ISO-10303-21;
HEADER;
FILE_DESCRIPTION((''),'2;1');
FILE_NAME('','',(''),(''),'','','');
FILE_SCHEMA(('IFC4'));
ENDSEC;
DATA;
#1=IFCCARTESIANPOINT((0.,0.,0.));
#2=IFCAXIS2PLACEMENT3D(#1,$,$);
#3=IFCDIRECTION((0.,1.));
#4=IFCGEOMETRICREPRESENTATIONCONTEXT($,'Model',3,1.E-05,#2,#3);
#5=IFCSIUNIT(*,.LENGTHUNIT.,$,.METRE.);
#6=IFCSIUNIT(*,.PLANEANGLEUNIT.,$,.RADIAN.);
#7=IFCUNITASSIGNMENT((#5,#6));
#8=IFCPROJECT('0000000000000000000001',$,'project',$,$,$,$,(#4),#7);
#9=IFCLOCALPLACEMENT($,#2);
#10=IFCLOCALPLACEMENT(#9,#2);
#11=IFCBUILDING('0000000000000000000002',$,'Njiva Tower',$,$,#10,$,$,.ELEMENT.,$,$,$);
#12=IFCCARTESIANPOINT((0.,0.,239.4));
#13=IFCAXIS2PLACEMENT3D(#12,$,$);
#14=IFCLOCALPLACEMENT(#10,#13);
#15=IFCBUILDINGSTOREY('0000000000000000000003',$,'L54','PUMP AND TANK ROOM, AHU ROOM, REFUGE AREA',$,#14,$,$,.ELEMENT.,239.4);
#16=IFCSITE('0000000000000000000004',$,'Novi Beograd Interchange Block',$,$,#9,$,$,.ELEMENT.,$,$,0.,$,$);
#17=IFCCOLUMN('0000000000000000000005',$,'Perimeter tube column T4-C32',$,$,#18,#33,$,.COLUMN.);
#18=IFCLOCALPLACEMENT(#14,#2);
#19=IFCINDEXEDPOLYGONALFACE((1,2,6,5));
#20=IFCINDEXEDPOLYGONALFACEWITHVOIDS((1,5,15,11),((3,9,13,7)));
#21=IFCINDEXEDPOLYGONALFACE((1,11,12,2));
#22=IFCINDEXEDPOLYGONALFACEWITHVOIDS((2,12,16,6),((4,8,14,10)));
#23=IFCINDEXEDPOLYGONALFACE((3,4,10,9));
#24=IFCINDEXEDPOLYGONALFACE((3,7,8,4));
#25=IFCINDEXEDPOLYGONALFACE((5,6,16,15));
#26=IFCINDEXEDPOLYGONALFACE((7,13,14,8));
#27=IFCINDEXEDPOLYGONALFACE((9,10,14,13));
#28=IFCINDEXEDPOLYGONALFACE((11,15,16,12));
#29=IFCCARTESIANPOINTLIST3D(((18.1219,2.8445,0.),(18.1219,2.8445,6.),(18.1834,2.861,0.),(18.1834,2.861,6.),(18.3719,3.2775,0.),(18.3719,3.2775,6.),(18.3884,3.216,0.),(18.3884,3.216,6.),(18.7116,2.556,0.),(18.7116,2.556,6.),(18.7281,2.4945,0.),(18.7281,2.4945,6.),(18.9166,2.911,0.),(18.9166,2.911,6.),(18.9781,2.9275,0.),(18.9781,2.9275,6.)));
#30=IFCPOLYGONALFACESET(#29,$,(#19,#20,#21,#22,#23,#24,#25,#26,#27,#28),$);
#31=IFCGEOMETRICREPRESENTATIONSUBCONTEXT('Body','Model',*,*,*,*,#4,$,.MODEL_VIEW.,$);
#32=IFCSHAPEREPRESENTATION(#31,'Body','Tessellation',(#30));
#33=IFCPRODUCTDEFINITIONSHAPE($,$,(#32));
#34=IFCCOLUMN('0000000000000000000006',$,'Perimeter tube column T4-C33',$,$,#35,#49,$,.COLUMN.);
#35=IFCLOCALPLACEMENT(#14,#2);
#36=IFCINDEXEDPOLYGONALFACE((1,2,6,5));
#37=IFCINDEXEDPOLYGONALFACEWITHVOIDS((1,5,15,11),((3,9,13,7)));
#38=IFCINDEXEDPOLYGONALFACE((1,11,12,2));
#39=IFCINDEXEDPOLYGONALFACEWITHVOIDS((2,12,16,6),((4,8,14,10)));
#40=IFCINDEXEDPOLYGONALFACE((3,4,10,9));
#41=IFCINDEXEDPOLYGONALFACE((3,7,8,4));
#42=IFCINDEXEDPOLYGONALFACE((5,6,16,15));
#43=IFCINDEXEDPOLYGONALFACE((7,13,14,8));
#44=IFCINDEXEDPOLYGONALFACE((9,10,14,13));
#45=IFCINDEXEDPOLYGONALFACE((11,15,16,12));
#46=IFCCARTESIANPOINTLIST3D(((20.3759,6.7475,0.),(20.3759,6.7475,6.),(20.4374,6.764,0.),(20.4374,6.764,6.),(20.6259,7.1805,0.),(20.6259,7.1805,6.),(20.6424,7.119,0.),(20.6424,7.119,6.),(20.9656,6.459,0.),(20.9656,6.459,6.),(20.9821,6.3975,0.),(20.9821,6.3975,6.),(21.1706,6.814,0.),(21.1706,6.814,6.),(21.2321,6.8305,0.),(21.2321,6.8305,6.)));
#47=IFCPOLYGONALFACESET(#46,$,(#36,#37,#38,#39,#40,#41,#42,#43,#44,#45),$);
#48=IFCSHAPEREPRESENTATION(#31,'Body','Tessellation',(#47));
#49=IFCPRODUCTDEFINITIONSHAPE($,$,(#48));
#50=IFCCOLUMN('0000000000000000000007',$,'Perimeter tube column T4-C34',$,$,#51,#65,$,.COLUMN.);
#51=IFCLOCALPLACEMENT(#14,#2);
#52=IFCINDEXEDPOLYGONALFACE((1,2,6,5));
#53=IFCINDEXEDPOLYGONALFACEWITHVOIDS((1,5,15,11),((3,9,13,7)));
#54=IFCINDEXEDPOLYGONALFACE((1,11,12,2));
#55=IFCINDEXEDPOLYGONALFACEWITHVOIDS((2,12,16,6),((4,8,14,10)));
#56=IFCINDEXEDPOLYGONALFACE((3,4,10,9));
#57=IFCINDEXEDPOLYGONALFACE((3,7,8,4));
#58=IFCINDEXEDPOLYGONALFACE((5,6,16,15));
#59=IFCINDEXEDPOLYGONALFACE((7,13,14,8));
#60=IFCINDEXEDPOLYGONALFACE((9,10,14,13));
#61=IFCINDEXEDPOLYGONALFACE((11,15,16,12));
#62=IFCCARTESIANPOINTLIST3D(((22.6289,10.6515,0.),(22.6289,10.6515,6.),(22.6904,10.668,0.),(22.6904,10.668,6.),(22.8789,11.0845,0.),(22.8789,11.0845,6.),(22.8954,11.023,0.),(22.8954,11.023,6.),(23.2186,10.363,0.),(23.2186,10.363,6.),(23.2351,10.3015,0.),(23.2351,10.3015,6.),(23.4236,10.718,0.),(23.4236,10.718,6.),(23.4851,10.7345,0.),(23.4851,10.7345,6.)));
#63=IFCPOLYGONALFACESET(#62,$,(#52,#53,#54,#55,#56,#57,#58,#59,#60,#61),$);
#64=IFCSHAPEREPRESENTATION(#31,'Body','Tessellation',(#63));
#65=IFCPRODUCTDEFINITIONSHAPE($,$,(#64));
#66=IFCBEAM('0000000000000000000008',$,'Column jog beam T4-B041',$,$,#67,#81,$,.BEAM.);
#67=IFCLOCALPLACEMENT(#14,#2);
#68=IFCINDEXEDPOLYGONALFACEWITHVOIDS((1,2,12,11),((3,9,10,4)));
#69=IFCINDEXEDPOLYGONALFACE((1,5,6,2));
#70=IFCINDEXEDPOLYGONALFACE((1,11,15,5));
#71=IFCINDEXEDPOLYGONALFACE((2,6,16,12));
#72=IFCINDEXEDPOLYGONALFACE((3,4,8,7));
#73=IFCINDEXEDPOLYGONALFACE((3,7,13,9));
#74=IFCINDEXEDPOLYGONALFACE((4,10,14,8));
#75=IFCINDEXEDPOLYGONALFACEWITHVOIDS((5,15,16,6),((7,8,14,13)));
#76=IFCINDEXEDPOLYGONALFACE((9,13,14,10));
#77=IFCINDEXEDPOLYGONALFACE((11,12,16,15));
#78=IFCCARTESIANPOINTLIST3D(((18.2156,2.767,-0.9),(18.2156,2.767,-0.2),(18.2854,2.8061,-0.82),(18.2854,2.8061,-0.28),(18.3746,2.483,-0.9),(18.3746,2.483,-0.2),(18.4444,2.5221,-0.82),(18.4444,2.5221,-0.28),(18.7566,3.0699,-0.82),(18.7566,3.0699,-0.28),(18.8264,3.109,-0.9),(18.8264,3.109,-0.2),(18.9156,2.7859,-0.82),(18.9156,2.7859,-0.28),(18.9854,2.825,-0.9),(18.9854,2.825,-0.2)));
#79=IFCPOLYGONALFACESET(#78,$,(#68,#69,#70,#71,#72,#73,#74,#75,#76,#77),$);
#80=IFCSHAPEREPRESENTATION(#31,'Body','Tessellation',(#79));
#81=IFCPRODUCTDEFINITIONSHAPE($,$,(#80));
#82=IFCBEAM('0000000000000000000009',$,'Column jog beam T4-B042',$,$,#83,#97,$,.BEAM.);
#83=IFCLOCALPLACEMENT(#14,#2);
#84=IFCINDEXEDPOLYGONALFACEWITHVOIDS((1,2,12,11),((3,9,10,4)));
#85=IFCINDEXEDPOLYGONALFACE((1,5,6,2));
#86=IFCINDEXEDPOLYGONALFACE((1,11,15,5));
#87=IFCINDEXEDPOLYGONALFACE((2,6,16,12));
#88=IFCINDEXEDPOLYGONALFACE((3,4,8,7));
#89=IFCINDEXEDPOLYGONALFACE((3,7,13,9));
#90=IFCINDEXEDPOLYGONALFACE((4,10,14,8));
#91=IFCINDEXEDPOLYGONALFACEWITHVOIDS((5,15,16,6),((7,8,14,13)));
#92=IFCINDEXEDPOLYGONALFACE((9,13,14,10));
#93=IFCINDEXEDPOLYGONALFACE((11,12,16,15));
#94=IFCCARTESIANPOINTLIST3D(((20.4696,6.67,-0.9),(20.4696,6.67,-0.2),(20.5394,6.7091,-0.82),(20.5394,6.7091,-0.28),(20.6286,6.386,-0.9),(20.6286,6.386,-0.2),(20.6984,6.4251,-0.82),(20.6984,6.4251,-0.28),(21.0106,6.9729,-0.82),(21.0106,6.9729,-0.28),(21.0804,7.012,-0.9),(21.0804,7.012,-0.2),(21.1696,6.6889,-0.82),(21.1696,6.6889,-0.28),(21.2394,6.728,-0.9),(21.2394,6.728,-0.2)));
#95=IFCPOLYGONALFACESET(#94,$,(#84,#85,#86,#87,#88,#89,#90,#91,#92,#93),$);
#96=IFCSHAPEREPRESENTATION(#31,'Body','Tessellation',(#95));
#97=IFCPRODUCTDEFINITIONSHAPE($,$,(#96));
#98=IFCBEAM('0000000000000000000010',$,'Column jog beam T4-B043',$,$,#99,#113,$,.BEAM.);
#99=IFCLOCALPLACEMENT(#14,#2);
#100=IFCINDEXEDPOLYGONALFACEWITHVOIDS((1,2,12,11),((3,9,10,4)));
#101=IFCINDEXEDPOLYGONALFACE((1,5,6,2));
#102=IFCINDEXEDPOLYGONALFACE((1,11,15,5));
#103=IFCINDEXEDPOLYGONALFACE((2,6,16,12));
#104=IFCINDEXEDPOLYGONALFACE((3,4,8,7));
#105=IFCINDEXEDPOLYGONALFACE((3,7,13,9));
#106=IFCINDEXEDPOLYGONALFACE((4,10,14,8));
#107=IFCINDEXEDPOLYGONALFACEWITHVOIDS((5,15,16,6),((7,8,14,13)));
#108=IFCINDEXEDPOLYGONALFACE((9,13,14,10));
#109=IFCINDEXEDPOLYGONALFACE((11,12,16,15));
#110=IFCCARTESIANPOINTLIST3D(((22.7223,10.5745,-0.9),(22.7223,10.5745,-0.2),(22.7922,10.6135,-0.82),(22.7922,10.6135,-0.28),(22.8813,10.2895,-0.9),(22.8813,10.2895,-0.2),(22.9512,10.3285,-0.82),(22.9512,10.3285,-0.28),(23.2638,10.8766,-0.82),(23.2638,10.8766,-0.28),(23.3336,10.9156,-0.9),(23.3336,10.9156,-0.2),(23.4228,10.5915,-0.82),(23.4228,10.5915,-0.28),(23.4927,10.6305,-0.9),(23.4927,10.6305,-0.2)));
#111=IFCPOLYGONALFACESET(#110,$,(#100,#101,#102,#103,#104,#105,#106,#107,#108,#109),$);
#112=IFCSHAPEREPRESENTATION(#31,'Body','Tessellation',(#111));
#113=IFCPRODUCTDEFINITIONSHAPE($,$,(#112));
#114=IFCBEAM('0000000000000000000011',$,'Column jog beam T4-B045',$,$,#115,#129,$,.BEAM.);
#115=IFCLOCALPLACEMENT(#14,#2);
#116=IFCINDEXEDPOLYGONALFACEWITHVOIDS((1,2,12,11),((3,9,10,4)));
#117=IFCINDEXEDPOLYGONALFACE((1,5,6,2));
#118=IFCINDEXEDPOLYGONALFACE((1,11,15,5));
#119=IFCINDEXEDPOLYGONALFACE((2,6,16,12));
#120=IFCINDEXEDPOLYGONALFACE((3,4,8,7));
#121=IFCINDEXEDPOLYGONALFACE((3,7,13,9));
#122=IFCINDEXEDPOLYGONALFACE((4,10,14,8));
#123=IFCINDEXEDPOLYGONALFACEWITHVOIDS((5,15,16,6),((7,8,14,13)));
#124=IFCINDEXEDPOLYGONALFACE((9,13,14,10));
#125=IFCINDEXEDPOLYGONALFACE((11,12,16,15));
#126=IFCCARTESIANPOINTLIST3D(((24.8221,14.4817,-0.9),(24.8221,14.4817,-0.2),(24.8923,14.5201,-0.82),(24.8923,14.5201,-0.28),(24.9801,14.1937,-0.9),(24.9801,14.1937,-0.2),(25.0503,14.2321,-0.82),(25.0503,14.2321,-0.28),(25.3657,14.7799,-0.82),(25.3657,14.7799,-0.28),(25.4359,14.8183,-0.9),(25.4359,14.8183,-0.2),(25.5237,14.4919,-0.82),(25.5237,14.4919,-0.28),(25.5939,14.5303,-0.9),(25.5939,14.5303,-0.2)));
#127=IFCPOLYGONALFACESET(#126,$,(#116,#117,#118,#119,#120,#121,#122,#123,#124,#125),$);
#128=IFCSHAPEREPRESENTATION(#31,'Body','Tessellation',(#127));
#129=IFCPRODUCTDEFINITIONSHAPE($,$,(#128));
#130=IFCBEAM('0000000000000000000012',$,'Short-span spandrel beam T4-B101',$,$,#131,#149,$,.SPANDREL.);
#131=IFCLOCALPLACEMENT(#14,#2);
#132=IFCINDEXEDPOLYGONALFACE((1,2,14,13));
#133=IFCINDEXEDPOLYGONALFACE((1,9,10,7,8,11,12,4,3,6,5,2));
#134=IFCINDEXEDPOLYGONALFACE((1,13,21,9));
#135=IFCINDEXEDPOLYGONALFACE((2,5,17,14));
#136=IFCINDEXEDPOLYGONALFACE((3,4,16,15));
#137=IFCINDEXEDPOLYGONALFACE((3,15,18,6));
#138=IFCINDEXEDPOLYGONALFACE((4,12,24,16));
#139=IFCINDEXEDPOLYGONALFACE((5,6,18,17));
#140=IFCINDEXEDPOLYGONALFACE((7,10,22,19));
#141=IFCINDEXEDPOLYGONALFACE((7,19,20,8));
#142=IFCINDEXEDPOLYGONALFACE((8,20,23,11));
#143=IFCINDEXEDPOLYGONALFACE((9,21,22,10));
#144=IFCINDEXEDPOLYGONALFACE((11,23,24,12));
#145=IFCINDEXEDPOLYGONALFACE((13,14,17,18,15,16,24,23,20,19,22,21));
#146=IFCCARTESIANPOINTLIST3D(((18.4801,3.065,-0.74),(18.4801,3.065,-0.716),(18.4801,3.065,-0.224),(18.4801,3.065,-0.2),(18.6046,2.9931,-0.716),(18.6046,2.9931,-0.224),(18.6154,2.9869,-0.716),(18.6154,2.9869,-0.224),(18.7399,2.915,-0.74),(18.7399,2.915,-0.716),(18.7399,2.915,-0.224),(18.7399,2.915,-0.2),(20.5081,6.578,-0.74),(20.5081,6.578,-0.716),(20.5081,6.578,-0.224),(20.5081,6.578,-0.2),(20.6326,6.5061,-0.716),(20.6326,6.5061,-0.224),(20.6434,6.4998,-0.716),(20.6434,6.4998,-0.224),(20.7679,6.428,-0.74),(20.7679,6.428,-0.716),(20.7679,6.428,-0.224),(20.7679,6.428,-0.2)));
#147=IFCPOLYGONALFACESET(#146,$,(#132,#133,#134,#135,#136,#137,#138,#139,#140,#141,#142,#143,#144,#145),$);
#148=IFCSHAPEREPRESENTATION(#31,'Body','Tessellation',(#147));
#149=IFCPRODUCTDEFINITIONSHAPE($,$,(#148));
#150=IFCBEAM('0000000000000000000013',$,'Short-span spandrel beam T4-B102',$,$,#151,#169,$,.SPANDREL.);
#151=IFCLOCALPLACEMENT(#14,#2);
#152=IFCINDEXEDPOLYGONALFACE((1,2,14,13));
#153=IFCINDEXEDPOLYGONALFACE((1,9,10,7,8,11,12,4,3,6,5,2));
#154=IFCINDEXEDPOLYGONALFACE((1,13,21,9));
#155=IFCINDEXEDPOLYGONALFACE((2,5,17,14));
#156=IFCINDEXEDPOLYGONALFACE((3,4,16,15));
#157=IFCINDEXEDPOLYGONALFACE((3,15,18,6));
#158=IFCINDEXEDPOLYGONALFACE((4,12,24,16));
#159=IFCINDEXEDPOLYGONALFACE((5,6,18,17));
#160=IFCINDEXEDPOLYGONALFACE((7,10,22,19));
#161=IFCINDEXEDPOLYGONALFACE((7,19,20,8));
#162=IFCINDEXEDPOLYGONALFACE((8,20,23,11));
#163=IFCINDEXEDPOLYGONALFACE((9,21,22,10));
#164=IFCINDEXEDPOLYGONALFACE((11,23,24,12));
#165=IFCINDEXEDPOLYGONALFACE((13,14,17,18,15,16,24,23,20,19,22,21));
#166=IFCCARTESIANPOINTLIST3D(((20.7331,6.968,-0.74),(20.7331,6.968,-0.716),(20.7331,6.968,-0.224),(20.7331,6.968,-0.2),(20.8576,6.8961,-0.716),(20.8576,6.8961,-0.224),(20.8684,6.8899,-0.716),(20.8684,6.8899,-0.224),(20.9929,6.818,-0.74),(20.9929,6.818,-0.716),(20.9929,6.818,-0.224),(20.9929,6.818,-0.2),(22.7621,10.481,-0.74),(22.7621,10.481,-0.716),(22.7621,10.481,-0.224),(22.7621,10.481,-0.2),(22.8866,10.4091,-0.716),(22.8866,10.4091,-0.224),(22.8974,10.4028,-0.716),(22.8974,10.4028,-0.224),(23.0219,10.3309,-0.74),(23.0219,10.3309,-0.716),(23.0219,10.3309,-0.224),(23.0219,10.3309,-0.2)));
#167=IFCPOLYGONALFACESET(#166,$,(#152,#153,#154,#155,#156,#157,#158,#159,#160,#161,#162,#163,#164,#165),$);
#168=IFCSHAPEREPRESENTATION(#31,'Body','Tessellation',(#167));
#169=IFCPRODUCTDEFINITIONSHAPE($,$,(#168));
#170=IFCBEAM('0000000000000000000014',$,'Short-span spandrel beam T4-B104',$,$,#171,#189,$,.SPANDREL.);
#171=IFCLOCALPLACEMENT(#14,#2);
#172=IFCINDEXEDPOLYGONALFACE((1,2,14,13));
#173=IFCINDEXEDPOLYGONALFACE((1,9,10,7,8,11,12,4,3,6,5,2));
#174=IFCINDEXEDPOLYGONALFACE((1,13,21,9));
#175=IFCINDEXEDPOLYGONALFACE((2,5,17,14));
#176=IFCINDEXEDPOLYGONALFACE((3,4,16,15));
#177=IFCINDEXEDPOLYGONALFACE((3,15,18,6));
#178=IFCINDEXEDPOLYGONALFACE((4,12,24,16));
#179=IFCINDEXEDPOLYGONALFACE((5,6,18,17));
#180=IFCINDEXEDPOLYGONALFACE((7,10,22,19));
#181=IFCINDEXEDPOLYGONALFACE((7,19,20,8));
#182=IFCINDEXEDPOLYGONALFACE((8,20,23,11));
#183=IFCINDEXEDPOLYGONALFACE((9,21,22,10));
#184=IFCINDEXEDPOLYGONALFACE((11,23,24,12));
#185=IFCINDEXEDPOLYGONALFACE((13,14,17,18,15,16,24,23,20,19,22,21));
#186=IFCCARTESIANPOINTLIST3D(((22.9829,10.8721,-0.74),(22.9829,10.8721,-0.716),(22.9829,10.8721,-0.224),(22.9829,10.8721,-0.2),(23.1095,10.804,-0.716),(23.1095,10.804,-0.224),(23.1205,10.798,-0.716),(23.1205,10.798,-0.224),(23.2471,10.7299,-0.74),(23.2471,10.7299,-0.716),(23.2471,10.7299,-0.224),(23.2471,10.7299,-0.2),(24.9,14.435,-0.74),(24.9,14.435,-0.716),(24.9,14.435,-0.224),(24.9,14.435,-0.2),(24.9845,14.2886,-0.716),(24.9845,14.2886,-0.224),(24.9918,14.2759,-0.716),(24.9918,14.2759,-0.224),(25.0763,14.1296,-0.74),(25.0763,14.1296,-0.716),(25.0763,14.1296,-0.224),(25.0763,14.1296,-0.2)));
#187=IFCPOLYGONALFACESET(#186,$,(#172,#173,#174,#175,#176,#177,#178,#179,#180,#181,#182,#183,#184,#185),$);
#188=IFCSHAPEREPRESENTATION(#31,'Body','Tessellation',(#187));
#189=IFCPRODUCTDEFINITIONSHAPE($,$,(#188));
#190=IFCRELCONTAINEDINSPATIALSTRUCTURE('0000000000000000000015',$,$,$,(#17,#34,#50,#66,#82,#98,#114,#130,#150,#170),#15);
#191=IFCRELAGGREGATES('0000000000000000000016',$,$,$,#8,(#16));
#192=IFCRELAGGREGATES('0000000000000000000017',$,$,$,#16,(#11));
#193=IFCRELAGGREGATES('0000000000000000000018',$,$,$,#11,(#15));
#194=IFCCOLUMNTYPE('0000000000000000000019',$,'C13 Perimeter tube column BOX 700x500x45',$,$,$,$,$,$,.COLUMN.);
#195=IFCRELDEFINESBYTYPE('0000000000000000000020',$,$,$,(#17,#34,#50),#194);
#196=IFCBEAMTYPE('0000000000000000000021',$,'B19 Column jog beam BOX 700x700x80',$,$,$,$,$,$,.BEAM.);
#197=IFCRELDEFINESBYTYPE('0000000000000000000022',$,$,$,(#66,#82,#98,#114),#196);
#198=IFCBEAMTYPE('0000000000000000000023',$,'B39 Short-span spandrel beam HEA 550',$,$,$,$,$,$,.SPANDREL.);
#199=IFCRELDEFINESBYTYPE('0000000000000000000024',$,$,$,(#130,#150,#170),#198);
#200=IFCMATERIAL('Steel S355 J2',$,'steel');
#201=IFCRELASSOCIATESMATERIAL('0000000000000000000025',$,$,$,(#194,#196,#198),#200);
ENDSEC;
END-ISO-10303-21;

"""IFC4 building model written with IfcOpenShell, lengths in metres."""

from ifc_helpers import new_model, si_unit, direction, frame, origin, origin_2d, place, context, subcontext, project, spatial, hollow_rectangle, i_section, extrude, clip, halfspace, material, material_profile, profile_set, type_object, element, save


model = new_model("IFC4")

# Units and contexts
model_context = context("Model", 3, precision=1e-05, world=origin(), true_north=direction((0.0, 1.0)))
body_context = subcontext(model_context, "Body", "Model", "MODEL_VIEW")
ifc_project = project(units=[si_unit("LENGTHUNIT", "METRE"), si_unit("PLANEANGLEUNIT", "RADIAN")], contexts=[model_context])

# Site, building, storey
site_placement = place(None, origin())
site = spatial("IfcSite", under=ifc_project, at=site_placement, Name="Novi Beograd Interchange Block", CompositionType="ELEMENT", RefElevation=0.0)
building_placement = place(site_placement, origin())
building = spatial("IfcBuilding", under=site, at=building_placement, Name="Njiva Tower", CompositionType="ELEMENT")
storey_placement = place(building_placement, frame((0.0, 0.0, 239.4)))
storey = spatial("IfcBuildingStorey", under=building, at=storey_placement, Name="L54", Description="PUMP AND TANK ROOM, AHU ROOM, REFUGE AREA", CompositionType="ELEMENT", Elevation=239.4)

# Columns
ifc_material_1 = material(Name="Steel S355 J2", Category="steel")
ifc_material_profile_1 = material_profile(ifc_material_1, hollow_rectangle(XDim=0.5, YDim=0.7, WallThickness=0.045, at=origin_2d()), Name="BOX 700x500x45")
ifc_profile_set_1 = profile_set([ifc_material_profile_1], Name="Steel S355 J2")
column_type = type_object("IfcColumnType", Name="C13 Perimeter tube column BOX 700x500x45", PredefinedType="COLUMN", material=ifc_profile_set_1)
for number, where, z_axis, x_axis, name in (
    (1, (18.55, 2.886, 0.0), (0.0, 0.0, 1.0), (0.5, 0.866025, 0.0), "Perimeter tube column T4-C32"),
    (2, (20.804, 6.789, 0.0), (0.0, 0.0, 1.0), (0.5, 0.866025, 0.0), "Perimeter tube column T4-C33"),
    (3, (23.057, 10.693, 0.0), (0.0, 0.0, 1.0), (0.5, 0.866025, 0.0), "Perimeter tube column T4-C34"),
):
    element("IfcColumn", number, at=place(storey_placement, frame(where, z_axis=z_axis, x_axis=x_axis)), inside=storey, type_object=column_type, Name=name, PredefinedType="COLUMN", context=body_context, shape_type="SweptSolid", body=[
        extrude(hollow_rectangle(XDim=0.5, YDim=0.7, WallThickness=0.045, at=origin_2d()), origin(), (0.0, 0.0, 1.0), 6.0),
    ])

# Beams
ifc_material_profile_2 = material_profile(ifc_material_1, hollow_rectangle(XDim=0.7, YDim=0.7, WallThickness=0.08, at=origin_2d()), Name="BOX 700x700x80")
ifc_profile_set_2 = profile_set([ifc_material_profile_2], Name="Steel S355 J2")
beam_type_1 = type_object("IfcBeamType", Name="B19 Column jog beam BOX 700x700x80", PredefinedType="BEAM", material=ifc_profile_set_2)
for number, where, z_axis, x_axis, name in (
    (4, (18.68, 2.654, -0.55), (-0.48851, 0.872558, 0.0), (-0.872558, -0.48851, 0.0), "Column jog beam T4-B041"),
    (5, (20.934, 6.557, -0.55), (-0.48851, 0.872558, 0.0), (-0.872558, -0.48851, 0.0), "Column jog beam T4-B042"),
):
    element("IfcBeam", number, at=place(storey_placement, frame(where, z_axis=z_axis, x_axis=x_axis)), inside=storey, type_object=beam_type_1, Name=name, PredefinedType="BEAM", context=body_context, shape_type="SweptSolid", body=[
        extrude(hollow_rectangle(XDim=0.7, YDim=0.7, WallThickness=0.08, at=origin_2d()), origin(), (0.0, 0.0, 1.0), 0.3255),
    ])
beam_1_placement = place(storey_placement, frame((23.187, 10.46, -0.55), z_axis=(-0.487203, 0.873289, 0.0), x_axis=(-0.873289, -0.487203, 0.0)))
element("IfcBeam", 6, at=beam_1_placement, inside=storey, type_object=beam_type_1, Name="Column jog beam T4-B043", PredefinedType="BEAM", context=body_context, shape_type="SweptSolid", body=[
    extrude(hollow_rectangle(XDim=0.7, YDim=0.7, WallThickness=0.08, at=origin_2d()), origin(), (0.0, 0.0, 1.0), 0.3264),
])
beam_2_placement = place(storey_placement, frame((25.287, 14.362, -0.55), z_axis=(-0.480984, 0.87673, 0.0), x_axis=(-0.87673, -0.480984, 0.0)))
element("IfcBeam", 7, at=beam_2_placement, inside=storey, type_object=beam_type_1, Name="Column jog beam T4-B045", PredefinedType="BEAM", context=body_context, shape_type="SweptSolid", body=[
    extrude(hollow_rectangle(XDim=0.7, YDim=0.7, WallThickness=0.08, at=origin_2d()), origin(), (0.0, 0.0, 1.0), 0.3285),
])
ifc_material_profile_3 = material_profile(ifc_material_1, i_section(OverallWidth=0.3, OverallDepth=0.54, WebThickness=0.0125, FlangeThickness=0.024, at=origin_2d()), Name="HEA 550")
ifc_profile_set_3 = profile_set([ifc_material_profile_3], Name="Steel S355 J2")
beam_type_2 = type_object("IfcBeamType", Name="B39 Short-span spandrel beam HEA 550", PredefinedType="SPANDREL", material=ifc_profile_set_3)
beam_3_placement = place(storey_placement, frame((18.61, 2.99, -0.47), z_axis=(0.499957, 0.86605, 0.0), x_axis=(-0.86605, 0.499957, 0.0)))
element("IfcBeam", 8, at=beam_3_placement, inside=storey, type_object=beam_type_2, Name="Short-span spandrel beam T4-B101", PredefinedType="SPANDREL", context=body_context, shape_type="SweptSolid", body=[
    extrude(i_section(OverallWidth=0.3, OverallDepth=0.54, WebThickness=0.0125, FlangeThickness=0.024, at=origin_2d()), origin(), (0.0, 0.0, 1.0), 4.0563),
])
beam_4_placement = place(storey_placement, frame((20.863, 6.893, -0.47), z_axis=(0.500142, 0.865943, 0.0), x_axis=(-0.865943, 0.500142, 0.0)))
element("IfcBeam", 9, at=beam_4_placement, inside=storey, type_object=beam_type_2, Name="Short-span spandrel beam T4-B102", PredefinedType="SPANDREL", context=body_context, shape_type="SweptSolid", body=[
    extrude(i_section(OverallWidth=0.3, OverallDepth=0.54, WebThickness=0.0125, FlangeThickness=0.024, at=origin_2d()), origin(), (0.0, 0.0, 1.0), 4.0568),
])
beam_5_placement = place(storey_placement, frame((23.115, 10.801, -0.47), z_axis=(0.473828, 0.880617, 0.0), x_axis=(-0.880617, 0.473828, 0.0)))
element("IfcBeam", 10, at=beam_5_placement, inside=storey, type_object=beam_type_2, Name="Short-span spandrel beam T4-B104", PredefinedType="SPANDREL", context=body_context, shape_type="Clipping", body=[
    clip(extrude(i_section(OverallWidth=0.3, OverallDepth=0.54, WebThickness=0.0125, FlangeThickness=0.024, at=origin_2d()), origin(), (0.0, 0.0, 1.0), 4.0659), halfspace(frame((-0.0264, 0.0, 3.9369), z_axis=(-0.525725, 0.0, 0.850655), x_axis=(0.0, 1.0, 0.0)), False)),
])

save(model, "model.ifc")
